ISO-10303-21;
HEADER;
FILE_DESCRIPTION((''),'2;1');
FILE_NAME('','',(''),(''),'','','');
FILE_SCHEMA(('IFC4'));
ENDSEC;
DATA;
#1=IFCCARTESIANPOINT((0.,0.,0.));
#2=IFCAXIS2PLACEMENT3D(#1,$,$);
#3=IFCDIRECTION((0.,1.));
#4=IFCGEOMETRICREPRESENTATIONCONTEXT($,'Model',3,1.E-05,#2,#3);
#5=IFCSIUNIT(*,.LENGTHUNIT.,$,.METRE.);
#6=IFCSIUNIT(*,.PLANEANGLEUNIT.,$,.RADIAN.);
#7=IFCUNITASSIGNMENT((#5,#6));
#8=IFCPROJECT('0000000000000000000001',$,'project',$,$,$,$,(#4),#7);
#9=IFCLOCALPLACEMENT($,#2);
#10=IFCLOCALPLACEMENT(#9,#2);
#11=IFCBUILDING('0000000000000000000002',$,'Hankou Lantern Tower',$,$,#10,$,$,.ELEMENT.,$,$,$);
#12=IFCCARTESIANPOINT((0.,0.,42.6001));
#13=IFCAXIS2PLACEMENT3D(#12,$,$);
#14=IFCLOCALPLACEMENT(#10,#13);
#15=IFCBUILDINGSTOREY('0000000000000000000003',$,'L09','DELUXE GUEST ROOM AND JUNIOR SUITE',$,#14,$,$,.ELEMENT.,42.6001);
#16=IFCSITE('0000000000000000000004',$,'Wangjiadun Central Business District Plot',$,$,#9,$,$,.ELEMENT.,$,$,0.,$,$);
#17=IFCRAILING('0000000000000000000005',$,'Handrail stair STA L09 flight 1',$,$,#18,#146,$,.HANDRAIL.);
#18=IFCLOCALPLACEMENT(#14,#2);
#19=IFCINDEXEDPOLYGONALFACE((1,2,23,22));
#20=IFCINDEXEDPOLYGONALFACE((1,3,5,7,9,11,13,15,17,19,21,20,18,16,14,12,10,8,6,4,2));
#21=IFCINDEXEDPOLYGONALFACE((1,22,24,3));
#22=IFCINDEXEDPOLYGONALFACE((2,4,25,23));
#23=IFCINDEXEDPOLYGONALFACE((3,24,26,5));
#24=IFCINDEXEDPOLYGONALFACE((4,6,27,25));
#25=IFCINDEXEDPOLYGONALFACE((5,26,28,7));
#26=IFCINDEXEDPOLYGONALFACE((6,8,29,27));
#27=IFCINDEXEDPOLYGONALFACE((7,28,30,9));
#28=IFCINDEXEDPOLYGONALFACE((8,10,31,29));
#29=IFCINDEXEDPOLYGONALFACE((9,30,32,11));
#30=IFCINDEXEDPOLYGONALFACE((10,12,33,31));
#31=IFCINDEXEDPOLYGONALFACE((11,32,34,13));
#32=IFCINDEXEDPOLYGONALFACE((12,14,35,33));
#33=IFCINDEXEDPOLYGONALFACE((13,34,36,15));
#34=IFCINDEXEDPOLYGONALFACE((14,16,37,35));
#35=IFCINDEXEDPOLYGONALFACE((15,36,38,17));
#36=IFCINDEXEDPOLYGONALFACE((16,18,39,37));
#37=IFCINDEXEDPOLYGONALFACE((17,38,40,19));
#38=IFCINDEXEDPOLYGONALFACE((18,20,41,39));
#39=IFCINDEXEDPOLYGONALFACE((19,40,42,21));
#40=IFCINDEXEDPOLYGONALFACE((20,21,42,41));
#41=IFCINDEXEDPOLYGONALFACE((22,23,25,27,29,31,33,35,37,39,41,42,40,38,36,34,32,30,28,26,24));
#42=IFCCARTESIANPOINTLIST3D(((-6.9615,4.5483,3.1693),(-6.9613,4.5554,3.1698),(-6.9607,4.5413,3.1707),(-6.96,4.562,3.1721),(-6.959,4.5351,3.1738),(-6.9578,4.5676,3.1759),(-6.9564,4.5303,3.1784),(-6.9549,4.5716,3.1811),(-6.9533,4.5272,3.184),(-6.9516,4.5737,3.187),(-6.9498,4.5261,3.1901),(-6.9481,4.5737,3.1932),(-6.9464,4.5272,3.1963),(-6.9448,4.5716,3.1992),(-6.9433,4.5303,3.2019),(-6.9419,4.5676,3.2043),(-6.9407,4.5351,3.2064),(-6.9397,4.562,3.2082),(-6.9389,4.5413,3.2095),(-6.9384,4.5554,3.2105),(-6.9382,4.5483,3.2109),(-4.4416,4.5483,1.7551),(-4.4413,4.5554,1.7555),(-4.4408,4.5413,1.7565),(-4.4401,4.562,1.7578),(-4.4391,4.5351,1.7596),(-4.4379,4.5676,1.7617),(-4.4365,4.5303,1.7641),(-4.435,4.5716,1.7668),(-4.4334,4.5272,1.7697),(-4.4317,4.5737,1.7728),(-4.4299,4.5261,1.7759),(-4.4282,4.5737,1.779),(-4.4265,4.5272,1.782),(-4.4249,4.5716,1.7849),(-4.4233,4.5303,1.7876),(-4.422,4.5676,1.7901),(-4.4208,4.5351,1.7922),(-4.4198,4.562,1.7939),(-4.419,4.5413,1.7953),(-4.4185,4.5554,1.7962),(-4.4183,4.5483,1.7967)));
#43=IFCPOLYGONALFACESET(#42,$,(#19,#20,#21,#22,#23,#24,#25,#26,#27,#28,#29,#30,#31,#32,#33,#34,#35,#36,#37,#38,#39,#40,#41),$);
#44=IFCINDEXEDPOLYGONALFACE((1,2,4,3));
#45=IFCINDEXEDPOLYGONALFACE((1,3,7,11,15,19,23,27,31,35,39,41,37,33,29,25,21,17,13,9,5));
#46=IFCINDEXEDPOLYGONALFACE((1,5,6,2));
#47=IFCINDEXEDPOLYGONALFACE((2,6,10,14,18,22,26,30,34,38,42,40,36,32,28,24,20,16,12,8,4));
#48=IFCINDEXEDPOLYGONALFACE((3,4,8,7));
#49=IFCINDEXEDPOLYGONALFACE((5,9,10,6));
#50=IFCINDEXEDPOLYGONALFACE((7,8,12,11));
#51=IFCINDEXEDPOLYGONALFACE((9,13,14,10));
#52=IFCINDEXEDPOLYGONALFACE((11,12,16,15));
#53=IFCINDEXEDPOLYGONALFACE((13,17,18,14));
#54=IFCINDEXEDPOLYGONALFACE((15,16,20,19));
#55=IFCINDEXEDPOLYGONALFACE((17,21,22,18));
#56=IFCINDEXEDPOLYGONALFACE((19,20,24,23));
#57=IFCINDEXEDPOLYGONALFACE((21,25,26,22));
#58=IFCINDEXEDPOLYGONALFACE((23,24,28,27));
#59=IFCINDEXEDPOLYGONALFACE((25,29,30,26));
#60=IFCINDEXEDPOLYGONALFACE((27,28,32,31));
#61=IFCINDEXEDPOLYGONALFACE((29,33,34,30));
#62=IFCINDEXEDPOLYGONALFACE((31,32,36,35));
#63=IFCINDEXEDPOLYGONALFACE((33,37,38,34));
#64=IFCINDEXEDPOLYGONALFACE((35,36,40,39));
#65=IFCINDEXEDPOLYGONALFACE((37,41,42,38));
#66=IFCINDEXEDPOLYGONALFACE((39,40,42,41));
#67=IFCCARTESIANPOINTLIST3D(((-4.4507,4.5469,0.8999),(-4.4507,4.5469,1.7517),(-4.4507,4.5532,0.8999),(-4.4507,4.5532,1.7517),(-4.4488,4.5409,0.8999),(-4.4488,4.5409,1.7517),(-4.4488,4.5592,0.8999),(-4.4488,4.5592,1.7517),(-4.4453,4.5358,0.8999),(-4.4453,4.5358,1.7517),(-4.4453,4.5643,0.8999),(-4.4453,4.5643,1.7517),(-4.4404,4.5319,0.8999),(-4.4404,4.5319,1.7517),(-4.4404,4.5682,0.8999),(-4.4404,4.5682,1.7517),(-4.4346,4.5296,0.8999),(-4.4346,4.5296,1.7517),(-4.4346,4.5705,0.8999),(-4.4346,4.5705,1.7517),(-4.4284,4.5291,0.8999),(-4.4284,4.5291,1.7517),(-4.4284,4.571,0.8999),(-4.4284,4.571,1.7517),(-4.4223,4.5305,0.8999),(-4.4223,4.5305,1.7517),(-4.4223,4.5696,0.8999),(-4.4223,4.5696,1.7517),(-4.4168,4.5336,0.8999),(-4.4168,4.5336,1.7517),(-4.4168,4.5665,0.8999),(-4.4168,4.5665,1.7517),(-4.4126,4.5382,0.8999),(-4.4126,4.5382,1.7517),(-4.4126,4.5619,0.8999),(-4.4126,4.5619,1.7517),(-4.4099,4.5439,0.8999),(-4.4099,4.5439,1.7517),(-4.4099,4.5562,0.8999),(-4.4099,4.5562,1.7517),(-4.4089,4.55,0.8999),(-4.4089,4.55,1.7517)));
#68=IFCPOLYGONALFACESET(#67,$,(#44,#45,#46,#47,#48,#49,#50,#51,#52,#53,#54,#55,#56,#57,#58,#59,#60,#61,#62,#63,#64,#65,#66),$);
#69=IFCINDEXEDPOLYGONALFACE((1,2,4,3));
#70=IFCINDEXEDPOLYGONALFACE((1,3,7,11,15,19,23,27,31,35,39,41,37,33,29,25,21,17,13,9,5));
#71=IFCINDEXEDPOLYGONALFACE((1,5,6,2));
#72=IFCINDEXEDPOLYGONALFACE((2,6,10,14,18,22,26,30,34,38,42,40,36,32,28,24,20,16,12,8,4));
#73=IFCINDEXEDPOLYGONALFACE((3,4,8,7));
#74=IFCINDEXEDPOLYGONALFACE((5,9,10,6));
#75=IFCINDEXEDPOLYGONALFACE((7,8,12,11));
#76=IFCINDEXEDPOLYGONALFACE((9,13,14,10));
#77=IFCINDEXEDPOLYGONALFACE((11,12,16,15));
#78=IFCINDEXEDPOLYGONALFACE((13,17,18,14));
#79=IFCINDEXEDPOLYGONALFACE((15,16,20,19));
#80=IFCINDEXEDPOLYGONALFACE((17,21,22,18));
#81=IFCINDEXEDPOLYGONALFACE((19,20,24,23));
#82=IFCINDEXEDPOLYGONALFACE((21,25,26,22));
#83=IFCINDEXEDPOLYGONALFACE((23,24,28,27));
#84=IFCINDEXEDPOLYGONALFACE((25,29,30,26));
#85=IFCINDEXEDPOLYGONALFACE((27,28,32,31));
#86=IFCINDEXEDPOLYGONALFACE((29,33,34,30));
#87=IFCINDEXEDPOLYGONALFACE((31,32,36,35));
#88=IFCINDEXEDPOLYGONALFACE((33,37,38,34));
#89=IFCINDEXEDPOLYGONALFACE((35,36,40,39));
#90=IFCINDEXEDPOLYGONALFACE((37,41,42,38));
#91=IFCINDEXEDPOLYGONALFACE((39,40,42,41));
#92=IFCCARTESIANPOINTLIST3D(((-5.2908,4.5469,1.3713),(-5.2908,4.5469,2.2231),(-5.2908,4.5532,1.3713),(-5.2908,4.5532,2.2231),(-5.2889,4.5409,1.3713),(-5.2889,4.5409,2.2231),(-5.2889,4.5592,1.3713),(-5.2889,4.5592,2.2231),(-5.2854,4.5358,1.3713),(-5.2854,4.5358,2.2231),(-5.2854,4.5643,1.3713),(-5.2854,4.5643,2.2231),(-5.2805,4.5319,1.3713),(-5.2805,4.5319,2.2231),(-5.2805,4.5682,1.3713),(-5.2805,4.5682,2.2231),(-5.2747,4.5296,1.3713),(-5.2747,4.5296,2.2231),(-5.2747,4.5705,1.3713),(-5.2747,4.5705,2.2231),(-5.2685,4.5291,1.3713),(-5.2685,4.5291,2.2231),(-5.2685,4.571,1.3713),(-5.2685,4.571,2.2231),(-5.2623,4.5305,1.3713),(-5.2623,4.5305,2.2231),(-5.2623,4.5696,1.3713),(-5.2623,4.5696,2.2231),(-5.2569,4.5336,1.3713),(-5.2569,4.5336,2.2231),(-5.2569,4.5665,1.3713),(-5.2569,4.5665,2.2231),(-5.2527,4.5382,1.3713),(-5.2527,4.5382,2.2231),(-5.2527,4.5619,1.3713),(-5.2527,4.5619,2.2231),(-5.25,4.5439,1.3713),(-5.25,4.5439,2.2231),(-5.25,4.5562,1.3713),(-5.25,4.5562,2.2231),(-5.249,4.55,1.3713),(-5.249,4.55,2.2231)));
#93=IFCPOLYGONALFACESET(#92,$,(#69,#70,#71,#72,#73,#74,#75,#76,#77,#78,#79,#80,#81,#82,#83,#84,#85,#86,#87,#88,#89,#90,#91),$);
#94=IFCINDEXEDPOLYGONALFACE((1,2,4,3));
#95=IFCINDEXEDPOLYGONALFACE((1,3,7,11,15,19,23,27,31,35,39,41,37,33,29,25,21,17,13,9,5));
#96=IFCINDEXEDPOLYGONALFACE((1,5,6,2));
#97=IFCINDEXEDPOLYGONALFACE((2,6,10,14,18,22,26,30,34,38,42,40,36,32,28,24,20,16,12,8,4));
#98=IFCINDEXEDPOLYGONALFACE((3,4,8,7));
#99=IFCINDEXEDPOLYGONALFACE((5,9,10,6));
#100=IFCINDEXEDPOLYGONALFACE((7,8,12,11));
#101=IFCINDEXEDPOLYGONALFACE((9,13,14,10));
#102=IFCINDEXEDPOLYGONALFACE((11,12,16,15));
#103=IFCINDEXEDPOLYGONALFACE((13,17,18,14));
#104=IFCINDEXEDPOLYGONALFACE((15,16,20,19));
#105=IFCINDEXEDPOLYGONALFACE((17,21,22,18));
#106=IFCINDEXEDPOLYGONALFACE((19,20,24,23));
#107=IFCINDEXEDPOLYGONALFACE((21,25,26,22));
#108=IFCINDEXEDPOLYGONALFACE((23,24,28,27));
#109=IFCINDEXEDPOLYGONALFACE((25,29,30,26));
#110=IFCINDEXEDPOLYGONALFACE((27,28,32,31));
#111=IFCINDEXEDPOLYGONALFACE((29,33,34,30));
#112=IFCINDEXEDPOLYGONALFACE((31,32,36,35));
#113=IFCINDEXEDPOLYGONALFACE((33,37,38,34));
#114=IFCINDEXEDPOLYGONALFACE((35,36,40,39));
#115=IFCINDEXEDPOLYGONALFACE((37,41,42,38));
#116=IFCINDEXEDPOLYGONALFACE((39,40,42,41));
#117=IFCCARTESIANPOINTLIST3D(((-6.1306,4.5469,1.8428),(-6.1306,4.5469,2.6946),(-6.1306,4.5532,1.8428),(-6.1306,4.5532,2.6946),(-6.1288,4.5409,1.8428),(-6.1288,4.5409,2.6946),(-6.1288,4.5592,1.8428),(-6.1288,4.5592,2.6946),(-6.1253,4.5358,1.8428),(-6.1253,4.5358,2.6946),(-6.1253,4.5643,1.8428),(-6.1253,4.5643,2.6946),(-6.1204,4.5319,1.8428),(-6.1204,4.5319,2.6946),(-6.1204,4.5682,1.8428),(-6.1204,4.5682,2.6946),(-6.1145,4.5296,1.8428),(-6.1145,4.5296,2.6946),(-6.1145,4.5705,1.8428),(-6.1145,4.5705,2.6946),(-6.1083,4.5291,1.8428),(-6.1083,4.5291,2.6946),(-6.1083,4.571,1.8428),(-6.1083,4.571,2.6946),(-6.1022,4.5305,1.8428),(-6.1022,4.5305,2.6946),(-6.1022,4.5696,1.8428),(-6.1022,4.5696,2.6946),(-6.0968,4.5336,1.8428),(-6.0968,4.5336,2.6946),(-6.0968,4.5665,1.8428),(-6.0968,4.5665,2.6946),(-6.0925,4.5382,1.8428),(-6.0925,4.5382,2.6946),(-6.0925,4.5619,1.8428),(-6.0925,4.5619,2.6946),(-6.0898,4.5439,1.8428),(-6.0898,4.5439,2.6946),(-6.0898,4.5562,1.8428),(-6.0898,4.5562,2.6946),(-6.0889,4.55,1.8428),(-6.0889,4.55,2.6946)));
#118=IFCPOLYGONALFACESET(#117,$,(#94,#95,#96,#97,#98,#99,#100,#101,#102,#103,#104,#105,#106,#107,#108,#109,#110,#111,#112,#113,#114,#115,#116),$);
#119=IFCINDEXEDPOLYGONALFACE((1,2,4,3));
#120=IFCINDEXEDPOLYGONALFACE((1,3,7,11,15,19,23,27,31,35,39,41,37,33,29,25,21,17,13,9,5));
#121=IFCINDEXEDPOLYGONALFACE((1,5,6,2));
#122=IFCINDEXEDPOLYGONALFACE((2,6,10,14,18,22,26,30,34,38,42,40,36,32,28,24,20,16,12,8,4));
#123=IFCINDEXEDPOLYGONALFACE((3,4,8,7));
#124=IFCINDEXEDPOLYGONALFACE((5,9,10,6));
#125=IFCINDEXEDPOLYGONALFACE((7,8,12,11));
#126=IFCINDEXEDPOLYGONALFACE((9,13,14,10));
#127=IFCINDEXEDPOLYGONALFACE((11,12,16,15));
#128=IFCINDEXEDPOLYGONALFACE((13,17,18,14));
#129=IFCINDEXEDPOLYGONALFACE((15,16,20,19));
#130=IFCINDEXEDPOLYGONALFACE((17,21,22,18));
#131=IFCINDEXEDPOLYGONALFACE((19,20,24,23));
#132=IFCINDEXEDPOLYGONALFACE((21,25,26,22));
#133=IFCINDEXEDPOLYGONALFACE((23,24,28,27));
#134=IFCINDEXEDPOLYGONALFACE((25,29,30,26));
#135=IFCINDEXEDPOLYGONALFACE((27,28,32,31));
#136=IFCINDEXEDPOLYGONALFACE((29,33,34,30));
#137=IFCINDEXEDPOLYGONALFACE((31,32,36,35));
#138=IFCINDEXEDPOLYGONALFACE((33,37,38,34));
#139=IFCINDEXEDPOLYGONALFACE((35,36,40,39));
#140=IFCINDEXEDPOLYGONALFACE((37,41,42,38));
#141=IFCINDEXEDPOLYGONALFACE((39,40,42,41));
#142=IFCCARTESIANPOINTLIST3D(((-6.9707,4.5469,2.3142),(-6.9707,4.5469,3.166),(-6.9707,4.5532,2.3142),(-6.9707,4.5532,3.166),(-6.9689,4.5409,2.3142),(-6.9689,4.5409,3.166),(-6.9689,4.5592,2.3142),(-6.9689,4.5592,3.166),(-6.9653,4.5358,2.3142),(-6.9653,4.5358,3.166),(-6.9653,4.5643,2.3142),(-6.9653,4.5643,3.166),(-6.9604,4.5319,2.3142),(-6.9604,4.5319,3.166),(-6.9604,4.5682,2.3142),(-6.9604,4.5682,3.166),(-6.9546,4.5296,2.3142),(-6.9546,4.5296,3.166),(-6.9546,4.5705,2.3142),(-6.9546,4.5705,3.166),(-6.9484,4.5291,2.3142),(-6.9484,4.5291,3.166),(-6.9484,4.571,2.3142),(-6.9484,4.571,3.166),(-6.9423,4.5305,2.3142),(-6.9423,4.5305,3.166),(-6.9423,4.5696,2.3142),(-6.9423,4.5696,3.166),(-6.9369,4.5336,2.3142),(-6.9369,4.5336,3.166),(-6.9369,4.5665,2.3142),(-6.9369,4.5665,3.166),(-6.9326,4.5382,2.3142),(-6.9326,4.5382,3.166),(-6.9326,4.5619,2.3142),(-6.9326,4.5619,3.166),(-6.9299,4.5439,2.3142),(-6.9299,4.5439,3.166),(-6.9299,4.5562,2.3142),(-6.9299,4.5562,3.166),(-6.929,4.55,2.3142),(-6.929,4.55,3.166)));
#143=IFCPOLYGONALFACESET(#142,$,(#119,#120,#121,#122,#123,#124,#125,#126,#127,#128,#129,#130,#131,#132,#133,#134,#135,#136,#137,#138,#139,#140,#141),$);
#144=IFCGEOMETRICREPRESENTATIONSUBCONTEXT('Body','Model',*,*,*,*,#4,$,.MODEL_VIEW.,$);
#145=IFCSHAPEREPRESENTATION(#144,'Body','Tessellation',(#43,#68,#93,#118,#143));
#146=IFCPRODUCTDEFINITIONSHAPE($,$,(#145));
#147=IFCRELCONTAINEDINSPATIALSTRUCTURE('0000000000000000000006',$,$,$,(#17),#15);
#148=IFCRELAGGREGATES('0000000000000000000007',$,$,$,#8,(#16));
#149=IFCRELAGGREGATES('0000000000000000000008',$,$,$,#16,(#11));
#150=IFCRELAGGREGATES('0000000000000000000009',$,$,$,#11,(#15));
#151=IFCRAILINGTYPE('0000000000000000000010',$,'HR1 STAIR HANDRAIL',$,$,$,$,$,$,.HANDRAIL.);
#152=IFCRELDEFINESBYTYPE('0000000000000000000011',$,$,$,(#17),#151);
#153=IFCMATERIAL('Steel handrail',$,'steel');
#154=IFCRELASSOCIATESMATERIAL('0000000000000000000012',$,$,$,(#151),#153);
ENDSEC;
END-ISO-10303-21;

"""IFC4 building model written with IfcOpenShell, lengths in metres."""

from ifc_helpers import new_model, si_unit, direction, frame, origin, origin_2d, place, context, subcontext, project, spatial, circle, extrude, material, type_object, element, save


model = new_model("IFC4")

# Units and contexts
model_context = context("Model", 3, precision=1e-05, world=origin(), true_north=direction((0.0, 1.0)))
body_context = subcontext(model_context, "Body", "Model", "MODEL_VIEW")
ifc_project = project(units=[si_unit("LENGTHUNIT", "METRE"), si_unit("PLANEANGLEUNIT", "RADIAN")], contexts=[model_context])

# Site, building, storey
site_placement = place(None, origin())
site = spatial("IfcSite", under=ifc_project, at=site_placement, Name="Wangjiadun Central Business District Plot", CompositionType="ELEMENT", RefElevation=0.0)
building_placement = place(site_placement, origin())
building = spatial("IfcBuilding", under=site, at=building_placement, Name="Hankou Lantern Tower", CompositionType="ELEMENT")
storey_placement = place(building_placement, frame((0.0, 0.0, 42.6001)))
storey = spatial("IfcBuildingStorey", under=building, at=storey_placement, Name="L09", Description="DELUXE GUEST ROOM AND JUNIOR SUITE", CompositionType="ELEMENT", Elevation=42.6001)

# Railing
ifc_material_1 = material(Name="Steel handrail", Category="steel")
railing_type = type_object("IfcRailingType", Name="HR1 STAIR HANDRAIL", PredefinedType="HANDRAIL", material=ifc_material_1)
railing_1_placement = place(storey_placement, frame((-4.4299, 4.55, 0.8999)))
element("IfcRailing", 1, at=railing_1_placement, inside=storey, type_object=railing_type, Name="Handrail stair STA L09 flight 1", PredefinedType="HANDRAIL", context=body_context, shape_type="SweptSolid", body=[
    extrude(circle(Radius=0.0239, at=origin_2d()), frame((0.0, 0.0, 0.876), z_axis=(-0.872049, 0.0, 0.489419), x_axis=(0.0, -1.0, 0.0)), (0.0, 0.0, 1.0), 2.8896),
    extrude(circle(Radius=0.021, at=origin_2d()), origin(), (0.0, 0.0, 1.0), 0.8518),
    extrude(circle(Radius=0.021, at=origin_2d()), frame((-0.8401, 0.0, 0.4714)), (0.0, 0.0, 1.0), 0.8518),
    extrude(circle(Radius=0.021, at=origin_2d()), frame((-1.6799, 0.0, 0.9429)), (0.0, 0.0, 1.0), 0.8518),
    extrude(circle(Radius=0.021, at=origin_2d()), frame((-2.52, 0.0, 1.4143)), (0.0, 0.0, 1.0), 0.8518),
])

save(model, "model.ifc")
